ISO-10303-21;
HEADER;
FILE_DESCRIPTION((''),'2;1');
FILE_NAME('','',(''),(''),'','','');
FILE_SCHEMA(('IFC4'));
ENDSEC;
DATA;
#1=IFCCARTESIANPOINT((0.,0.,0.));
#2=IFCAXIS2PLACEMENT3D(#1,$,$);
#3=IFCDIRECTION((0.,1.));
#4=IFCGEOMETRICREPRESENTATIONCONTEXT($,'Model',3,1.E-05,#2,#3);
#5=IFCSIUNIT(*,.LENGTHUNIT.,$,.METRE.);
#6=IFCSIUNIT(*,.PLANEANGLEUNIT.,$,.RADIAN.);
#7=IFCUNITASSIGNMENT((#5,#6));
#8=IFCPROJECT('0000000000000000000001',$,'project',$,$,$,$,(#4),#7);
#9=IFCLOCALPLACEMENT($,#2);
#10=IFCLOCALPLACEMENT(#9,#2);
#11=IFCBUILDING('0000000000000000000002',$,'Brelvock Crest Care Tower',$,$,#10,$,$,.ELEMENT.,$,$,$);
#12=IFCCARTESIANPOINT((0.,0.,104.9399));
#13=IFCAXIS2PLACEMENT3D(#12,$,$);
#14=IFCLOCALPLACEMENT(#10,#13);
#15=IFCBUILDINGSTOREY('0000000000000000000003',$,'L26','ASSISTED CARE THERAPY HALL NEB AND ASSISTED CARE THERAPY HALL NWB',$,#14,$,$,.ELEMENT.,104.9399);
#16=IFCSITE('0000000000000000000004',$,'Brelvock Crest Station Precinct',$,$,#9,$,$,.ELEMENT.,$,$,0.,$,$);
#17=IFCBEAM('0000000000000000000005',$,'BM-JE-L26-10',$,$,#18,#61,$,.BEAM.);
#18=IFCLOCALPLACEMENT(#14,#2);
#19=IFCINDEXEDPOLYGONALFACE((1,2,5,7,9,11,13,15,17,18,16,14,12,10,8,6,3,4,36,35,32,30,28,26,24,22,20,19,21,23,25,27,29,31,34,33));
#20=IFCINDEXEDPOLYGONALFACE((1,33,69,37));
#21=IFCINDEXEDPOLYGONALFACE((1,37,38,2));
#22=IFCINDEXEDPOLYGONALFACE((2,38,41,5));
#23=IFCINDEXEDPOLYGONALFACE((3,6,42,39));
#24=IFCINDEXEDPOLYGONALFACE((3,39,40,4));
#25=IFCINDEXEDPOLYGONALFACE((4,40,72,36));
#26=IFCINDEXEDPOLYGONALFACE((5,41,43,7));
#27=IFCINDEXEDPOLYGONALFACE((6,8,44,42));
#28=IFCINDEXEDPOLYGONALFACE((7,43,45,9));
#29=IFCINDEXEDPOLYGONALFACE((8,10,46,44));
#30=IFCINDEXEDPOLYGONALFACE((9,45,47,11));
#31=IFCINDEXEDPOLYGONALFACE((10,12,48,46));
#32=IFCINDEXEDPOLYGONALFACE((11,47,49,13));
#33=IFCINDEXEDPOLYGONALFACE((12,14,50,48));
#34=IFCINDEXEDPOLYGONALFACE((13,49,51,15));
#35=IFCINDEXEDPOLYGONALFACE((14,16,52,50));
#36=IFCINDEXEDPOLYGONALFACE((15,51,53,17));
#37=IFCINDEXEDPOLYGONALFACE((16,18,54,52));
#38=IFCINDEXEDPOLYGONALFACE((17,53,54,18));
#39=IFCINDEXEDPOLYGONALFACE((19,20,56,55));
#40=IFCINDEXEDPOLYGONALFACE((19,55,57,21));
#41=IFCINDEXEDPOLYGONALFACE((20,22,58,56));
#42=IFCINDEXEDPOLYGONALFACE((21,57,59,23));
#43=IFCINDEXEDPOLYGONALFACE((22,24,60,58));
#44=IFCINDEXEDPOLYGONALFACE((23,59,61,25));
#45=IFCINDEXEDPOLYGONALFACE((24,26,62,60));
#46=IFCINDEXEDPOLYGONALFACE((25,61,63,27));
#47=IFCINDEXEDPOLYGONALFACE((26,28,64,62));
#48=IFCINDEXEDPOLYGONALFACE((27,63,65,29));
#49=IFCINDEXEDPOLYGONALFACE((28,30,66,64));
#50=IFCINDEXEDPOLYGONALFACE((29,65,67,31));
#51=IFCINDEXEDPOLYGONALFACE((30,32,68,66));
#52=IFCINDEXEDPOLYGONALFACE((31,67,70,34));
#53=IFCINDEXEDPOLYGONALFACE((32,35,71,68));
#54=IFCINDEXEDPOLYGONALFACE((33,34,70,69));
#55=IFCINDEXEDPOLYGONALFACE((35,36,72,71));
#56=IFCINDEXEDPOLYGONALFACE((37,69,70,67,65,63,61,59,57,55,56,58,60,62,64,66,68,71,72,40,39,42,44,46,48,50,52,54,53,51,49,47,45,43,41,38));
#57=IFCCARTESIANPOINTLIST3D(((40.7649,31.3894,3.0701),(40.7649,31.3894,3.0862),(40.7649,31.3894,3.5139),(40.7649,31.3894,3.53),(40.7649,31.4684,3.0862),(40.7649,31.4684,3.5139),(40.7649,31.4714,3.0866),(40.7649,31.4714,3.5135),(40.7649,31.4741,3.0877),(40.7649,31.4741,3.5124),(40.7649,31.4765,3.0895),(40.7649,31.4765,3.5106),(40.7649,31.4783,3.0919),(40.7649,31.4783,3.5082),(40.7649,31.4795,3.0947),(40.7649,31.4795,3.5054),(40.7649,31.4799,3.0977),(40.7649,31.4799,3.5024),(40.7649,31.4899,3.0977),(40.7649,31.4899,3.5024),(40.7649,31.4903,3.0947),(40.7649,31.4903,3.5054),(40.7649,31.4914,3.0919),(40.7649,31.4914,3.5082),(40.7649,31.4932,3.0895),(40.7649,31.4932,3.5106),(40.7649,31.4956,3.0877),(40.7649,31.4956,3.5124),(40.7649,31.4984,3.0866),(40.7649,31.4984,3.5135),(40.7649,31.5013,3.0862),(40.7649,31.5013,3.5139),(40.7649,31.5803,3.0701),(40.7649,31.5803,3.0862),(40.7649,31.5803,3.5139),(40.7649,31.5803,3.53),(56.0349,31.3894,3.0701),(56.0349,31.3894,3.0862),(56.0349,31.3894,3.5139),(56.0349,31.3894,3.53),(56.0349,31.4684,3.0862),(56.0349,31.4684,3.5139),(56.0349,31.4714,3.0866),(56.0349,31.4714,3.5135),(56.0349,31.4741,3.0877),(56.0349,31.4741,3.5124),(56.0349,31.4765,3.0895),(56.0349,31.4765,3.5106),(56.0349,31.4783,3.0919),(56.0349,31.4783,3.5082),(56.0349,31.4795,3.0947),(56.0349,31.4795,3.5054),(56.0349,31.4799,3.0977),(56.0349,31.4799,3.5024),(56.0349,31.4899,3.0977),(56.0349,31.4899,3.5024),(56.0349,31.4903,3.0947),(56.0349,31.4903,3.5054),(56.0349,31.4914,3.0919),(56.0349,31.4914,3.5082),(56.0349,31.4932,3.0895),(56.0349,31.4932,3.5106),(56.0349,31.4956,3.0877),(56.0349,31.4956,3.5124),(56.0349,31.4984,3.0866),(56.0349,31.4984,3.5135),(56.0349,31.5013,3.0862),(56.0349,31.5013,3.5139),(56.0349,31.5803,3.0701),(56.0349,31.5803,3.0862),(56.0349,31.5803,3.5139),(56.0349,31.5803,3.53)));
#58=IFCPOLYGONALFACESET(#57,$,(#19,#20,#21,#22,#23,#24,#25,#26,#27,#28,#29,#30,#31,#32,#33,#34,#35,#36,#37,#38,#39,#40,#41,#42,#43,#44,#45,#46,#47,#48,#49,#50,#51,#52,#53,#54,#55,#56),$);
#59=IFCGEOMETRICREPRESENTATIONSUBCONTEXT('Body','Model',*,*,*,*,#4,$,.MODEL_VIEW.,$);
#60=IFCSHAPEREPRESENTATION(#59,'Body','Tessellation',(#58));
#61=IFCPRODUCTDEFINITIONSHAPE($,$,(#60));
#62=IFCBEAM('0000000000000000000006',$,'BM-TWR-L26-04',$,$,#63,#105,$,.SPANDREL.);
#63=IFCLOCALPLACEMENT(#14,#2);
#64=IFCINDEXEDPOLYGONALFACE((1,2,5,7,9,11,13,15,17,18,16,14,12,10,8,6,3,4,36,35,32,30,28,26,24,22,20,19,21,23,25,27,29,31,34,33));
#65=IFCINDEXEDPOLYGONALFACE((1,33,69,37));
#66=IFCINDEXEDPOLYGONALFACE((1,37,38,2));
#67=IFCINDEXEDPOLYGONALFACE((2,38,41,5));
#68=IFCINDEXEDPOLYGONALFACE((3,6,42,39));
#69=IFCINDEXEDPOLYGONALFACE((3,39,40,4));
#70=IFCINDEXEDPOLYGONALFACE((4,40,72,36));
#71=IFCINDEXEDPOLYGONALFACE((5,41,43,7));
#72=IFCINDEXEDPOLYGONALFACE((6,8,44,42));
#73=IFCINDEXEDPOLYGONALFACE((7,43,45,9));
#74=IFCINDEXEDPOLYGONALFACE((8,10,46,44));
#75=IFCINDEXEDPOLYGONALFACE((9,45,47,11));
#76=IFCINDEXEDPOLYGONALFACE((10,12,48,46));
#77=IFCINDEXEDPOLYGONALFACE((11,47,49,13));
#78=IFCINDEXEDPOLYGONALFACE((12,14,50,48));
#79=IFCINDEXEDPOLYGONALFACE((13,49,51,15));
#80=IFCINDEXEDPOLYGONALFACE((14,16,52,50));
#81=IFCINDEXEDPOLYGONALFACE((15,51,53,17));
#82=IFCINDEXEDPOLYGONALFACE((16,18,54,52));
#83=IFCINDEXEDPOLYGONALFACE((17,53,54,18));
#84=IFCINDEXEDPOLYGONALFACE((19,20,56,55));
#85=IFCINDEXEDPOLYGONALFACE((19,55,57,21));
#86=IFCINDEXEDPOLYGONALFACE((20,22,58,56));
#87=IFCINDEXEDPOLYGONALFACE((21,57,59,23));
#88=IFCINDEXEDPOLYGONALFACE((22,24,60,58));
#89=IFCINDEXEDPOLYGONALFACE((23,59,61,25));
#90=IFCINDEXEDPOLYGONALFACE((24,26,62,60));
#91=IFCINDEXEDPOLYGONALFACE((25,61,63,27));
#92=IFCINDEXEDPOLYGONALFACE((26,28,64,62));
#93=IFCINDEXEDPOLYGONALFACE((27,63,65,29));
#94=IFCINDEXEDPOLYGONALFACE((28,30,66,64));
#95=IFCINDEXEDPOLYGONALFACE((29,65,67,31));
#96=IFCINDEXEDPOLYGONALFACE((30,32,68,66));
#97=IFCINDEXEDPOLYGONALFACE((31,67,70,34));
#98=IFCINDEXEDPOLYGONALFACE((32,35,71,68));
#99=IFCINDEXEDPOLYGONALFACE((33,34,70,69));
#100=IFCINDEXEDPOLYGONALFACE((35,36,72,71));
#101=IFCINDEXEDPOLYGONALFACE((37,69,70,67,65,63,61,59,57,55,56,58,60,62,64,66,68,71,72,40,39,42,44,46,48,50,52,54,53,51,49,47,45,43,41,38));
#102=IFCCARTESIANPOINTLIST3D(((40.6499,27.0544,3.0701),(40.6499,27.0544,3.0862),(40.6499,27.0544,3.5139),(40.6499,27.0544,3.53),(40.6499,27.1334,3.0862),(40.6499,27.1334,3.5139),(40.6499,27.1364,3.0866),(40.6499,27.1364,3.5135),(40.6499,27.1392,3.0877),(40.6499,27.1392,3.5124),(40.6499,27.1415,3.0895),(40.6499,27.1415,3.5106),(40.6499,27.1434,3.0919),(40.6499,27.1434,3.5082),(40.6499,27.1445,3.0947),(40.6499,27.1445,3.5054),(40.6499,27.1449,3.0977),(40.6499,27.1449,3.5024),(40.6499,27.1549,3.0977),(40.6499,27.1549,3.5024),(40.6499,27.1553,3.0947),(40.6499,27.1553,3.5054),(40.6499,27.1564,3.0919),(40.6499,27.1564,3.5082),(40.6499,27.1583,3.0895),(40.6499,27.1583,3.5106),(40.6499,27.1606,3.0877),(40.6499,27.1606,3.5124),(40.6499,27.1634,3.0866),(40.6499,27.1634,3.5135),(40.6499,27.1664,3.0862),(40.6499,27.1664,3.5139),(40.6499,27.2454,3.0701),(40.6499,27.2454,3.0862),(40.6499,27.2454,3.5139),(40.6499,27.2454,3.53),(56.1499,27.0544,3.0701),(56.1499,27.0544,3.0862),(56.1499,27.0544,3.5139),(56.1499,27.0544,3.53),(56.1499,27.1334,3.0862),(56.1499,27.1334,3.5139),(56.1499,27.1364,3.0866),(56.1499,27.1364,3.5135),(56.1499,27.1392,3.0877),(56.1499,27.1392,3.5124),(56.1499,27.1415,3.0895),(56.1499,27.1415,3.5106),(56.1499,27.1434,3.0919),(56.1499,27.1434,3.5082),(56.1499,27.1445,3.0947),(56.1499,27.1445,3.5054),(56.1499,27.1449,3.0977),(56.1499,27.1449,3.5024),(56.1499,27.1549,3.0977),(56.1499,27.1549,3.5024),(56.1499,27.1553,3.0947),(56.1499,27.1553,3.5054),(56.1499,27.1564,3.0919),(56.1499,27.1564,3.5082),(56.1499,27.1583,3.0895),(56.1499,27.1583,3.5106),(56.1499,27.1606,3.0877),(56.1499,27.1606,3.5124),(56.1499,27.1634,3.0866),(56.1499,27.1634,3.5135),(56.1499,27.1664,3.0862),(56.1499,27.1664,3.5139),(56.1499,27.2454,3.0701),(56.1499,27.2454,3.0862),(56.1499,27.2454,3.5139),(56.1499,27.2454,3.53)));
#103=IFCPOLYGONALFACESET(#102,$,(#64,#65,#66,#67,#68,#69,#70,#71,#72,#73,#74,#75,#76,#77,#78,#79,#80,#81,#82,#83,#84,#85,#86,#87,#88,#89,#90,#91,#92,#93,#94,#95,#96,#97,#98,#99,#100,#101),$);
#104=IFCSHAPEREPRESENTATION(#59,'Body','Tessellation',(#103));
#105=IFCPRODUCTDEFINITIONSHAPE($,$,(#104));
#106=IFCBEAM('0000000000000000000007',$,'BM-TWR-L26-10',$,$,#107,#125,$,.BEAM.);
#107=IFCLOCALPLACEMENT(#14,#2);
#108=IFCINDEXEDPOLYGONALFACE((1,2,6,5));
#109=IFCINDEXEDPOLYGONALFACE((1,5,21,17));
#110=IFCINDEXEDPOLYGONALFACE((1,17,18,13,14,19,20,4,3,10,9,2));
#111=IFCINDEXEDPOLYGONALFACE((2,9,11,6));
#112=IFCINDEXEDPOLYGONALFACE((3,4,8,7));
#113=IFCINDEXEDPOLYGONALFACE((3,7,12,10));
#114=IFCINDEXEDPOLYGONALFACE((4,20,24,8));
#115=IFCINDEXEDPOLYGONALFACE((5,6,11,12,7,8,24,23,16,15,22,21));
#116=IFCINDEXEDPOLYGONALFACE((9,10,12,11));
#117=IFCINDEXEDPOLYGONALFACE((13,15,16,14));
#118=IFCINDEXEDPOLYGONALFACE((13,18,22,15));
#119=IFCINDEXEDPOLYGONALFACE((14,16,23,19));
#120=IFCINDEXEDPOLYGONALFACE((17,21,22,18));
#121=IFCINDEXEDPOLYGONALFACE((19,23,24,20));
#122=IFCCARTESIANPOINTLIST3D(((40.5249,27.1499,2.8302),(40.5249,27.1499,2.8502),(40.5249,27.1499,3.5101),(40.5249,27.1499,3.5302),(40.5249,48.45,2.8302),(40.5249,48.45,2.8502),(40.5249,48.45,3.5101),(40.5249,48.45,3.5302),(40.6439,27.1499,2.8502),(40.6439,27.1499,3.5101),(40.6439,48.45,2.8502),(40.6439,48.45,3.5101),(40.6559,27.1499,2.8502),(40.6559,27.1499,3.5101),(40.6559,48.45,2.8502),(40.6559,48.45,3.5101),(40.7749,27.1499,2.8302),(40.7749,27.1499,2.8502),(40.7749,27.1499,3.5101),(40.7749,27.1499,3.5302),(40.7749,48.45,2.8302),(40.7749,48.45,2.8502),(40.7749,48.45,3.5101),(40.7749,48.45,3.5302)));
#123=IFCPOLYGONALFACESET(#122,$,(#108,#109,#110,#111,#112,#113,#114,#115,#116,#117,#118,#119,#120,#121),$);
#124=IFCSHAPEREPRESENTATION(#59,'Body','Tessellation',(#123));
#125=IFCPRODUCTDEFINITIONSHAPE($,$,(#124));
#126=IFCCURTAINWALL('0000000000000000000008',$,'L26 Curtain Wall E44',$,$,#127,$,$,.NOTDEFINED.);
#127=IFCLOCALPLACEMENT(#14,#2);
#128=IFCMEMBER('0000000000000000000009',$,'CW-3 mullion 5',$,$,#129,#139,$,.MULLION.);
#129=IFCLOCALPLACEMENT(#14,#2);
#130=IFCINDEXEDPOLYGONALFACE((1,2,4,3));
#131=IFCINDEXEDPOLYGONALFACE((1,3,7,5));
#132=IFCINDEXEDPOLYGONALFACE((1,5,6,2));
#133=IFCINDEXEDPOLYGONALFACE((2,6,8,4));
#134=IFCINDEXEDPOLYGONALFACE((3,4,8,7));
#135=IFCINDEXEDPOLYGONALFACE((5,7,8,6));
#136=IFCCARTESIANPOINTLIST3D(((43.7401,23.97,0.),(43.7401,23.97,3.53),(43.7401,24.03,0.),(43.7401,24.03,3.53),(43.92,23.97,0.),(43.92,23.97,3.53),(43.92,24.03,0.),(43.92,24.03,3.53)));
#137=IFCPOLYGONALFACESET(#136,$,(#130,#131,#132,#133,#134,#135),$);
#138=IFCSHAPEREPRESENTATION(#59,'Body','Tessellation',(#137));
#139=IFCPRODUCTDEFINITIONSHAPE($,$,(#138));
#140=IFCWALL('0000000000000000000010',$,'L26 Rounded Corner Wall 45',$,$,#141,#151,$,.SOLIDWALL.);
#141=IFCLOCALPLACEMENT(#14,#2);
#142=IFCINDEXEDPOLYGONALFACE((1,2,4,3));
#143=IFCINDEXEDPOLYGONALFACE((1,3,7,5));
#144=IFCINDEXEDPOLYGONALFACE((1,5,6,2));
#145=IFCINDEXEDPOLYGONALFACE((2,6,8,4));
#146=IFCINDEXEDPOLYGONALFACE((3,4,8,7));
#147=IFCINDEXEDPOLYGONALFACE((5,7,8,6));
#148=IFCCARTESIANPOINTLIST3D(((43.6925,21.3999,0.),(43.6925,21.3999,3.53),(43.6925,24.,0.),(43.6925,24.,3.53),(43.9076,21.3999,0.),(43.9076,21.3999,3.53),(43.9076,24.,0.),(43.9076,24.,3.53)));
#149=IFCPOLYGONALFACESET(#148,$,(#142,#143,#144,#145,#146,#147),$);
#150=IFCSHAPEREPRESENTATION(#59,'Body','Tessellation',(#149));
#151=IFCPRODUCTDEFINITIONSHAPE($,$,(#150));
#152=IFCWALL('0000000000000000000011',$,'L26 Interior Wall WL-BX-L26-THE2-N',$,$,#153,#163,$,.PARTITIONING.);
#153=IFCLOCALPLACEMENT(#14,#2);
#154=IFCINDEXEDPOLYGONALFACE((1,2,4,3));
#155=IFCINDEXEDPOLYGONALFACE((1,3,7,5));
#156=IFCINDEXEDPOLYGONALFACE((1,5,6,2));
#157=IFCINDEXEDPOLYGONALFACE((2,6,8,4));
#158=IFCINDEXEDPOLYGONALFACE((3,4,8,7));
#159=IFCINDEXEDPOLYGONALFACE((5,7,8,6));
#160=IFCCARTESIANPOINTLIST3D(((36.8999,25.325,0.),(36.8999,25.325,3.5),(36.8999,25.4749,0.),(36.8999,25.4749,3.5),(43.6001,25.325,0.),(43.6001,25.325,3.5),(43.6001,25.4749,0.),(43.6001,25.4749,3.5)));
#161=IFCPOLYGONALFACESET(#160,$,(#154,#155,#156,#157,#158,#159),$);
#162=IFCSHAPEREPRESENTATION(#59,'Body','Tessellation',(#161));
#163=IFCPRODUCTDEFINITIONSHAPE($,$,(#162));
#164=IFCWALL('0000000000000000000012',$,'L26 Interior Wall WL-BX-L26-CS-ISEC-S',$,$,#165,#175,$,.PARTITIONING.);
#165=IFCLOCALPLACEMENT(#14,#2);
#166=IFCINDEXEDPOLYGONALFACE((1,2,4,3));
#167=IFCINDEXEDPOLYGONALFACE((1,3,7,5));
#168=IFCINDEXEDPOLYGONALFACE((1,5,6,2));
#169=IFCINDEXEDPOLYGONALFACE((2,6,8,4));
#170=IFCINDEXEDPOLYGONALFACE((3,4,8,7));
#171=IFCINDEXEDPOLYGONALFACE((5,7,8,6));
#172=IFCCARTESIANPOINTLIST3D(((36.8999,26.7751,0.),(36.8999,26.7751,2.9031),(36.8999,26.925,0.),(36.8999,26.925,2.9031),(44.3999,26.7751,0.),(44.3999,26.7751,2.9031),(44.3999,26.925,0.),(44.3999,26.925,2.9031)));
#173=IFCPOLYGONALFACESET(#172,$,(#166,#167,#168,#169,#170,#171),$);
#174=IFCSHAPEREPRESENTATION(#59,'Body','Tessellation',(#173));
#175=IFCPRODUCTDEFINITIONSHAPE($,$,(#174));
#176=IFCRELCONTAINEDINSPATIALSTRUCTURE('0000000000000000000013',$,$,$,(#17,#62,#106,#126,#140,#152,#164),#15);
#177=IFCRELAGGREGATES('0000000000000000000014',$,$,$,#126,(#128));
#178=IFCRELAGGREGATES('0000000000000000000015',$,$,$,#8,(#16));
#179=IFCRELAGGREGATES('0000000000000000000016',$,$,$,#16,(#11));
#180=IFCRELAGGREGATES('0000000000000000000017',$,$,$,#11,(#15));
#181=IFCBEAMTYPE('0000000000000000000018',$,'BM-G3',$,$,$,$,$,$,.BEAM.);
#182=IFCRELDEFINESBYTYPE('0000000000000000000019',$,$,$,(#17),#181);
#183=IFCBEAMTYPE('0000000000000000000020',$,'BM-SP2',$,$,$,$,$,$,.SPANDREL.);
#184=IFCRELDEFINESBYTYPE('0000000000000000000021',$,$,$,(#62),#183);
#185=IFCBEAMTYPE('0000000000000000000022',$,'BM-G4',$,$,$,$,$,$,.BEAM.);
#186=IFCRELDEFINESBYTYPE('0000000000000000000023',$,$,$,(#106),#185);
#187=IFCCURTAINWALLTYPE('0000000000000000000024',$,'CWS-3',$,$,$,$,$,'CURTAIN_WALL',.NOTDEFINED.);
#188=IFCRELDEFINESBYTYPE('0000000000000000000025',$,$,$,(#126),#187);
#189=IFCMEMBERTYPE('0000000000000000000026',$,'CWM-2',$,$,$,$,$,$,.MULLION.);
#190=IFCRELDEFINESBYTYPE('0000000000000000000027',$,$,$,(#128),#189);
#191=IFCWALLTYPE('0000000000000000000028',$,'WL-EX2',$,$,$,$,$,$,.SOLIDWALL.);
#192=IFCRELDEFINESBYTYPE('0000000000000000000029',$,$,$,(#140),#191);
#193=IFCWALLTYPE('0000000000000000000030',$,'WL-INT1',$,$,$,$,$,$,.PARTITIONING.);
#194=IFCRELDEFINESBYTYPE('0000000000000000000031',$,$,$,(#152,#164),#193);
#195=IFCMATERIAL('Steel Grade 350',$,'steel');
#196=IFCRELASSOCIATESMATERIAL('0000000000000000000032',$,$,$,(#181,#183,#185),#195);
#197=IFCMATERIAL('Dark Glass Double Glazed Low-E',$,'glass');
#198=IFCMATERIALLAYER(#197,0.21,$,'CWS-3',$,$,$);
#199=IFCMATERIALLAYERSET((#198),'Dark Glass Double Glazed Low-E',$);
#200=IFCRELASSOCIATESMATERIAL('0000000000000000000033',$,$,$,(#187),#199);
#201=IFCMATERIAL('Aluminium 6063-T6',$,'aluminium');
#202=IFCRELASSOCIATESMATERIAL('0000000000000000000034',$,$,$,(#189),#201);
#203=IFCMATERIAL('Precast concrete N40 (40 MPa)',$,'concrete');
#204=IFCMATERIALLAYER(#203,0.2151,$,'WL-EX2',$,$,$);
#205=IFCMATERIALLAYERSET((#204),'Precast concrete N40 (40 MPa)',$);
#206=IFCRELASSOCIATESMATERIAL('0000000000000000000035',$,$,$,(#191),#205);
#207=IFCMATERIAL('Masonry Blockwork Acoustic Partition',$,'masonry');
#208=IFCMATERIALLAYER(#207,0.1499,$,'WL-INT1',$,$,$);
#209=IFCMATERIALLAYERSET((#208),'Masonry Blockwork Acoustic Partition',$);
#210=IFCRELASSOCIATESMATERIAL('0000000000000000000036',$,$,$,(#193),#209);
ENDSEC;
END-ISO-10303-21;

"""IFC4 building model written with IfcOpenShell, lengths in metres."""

from ifc_helpers import new_model, si_unit, direction, frame, frame_2d, origin, origin_2d, place, context, subcontext, project, spatial, rectangle, i_section, extrude, source, transform, mapped, material, layer, layer_set, material_profile, profile_set, type_object, element, aggregate, save


model = new_model("IFC4")

# Units and contexts
model_context = context("Model", 3, precision=1e-05, world=origin(), true_north=direction((0.0, 1.0)))
body_context = subcontext(model_context, "Body", "Model", "MODEL_VIEW")
ifc_project = project(units=[si_unit("LENGTHUNIT", "METRE"), si_unit("PLANEANGLEUNIT", "RADIAN")], contexts=[model_context])

# Site, building, storey
site_placement = place(None, origin())
site = spatial("IfcSite", under=ifc_project, at=site_placement, Name="Brelvock Crest Station Precinct", CompositionType="ELEMENT", RefElevation=0.0)
building_placement = place(site_placement, origin())
building = spatial("IfcBuilding", under=site, at=building_placement, Name="Brelvock Crest Care Tower", CompositionType="ELEMENT")
storey_placement = place(building_placement, frame((0.0, 0.0, 104.9399)))
storey = spatial("IfcBuildingStorey", under=building, at=storey_placement, Name="L26", Description="ASSISTED CARE THERAPY HALL NEB AND ASSISTED CARE THERAPY HALL NWB", CompositionType="ELEMENT", Elevation=104.9399)

# Shared definitions
ifc_material_1 = material(Name="Steel Grade 350", Category="steel")

# Beams
ifc_material_profile_1 = material_profile(ifc_material_1, i_section(OverallWidth=0.1909, OverallDepth=0.46, WebThickness=0.01, FlangeThickness=0.0161, FilletRadius=0.0115, at=origin_2d()), Name="460UB82.1")
ifc_profile_set_1 = profile_set([ifc_material_profile_1], Name="Steel Grade 350")
beam_type_1 = type_object("IfcBeamType", Name="BM-G3", PredefinedType="BEAM", material=ifc_profile_set_1)
shared_shape_1 = source(origin(), body_context, "Body", "SweptSolid", [
    extrude(i_section(OverallWidth=0.1909, OverallDepth=0.46, WebThickness=0.01, FlangeThickness=0.0161, FilletRadius=0.0115, at=origin_2d()), origin(), (0.0, 0.0, 1.0), 15.27),
])
for number, where, z_axis, x_axis, name in (
    (1, (40.7649, 31.4849, 3.3), (1.0, 0.0, 0.0), (0.0, 1.0, 0.0), "BM-JE-L26-10"),
):
    element("IfcBeam", number, at=place(storey_placement, frame(where, z_axis=z_axis, x_axis=x_axis)), inside=storey, type_object=beam_type_1, Name=name, PredefinedType="BEAM", context=body_context, shape_type="MappedRepresentation", body=[
        mapped(shared_shape_1, transform((0.0, 0.0, 0.0), x_axis=(1.0, 0.0, 0.0), y_axis=(0.0, 1.0, 0.0), z_axis=(0.0, 0.0, 1.0), scale=1.0)),
    ])
ifc_material_profile_2 = material_profile(ifc_material_1, i_section(OverallWidth=0.1909, OverallDepth=0.46, WebThickness=0.01, FlangeThickness=0.0161, FilletRadius=0.0115, at=origin_2d()), Name="460UB82.1")
ifc_profile_set_2 = profile_set([ifc_material_profile_2], Name="Steel Grade 350")
beam_type_2 = type_object("IfcBeamType", Name="BM-SP2", PredefinedType="SPANDREL", material=ifc_profile_set_2)
shared_shape_2 = source(origin(), body_context, "Body", "SweptSolid", [
    extrude(i_section(OverallWidth=0.1909, OverallDepth=0.46, WebThickness=0.01, FlangeThickness=0.0161, FilletRadius=0.0115, at=origin_2d()), origin(), (0.0, 0.0, 1.0), 15.5),
])
beam_1_placement = place(storey_placement, frame((40.6499, 27.1499, 3.3), z_axis=(1.0, 0.0, 0.0), x_axis=(0.0, 1.0, 0.0)))
element("IfcBeam", 2, at=beam_1_placement, inside=storey, type_object=beam_type_2, Name="BM-TWR-L26-04", PredefinedType="SPANDREL", context=body_context, shape_type="MappedRepresentation", body=[
    mapped(shared_shape_2, transform((0.0, 0.0, 0.0), x_axis=(1.0, 0.0, 0.0), y_axis=(0.0, 1.0, 0.0), z_axis=(0.0, 0.0, 1.0), scale=1.0)),
])
ifc_material_profile_3 = material_profile(ifc_material_1, i_section(OverallWidth=0.25, OverallDepth=0.7, WebThickness=0.012, FlangeThickness=0.02, at=origin_2d()), Name="700WB150")
ifc_profile_set_3 = profile_set([ifc_material_profile_3], Name="Steel Grade 350")
beam_type_3 = type_object("IfcBeamType", Name="BM-G4", PredefinedType="BEAM", material=ifc_profile_set_3)
shared_shape_3 = source(origin(), body_context, "Body", "SweptSolid", [
    extrude(i_section(OverallWidth=0.25, OverallDepth=0.7, WebThickness=0.012, FlangeThickness=0.02, at=origin_2d()), origin(), (0.0, 0.0, 1.0), 21.3),
])
beam_2_placement = place(storey_placement, frame((40.6499, 27.1499, 3.1802), z_axis=(0.0, 1.0, 0.0), x_axis=(-1.0, 0.0, 0.0)))
element("IfcBeam", 3, at=beam_2_placement, inside=storey, type_object=beam_type_3, Name="BM-TWR-L26-10", PredefinedType="BEAM", context=body_context, shape_type="MappedRepresentation", body=[
    mapped(shared_shape_3, transform((0.0, 0.0, 0.0), x_axis=(1.0, 0.0, 0.0), y_axis=(0.0, 1.0, 0.0), z_axis=(0.0, 0.0, 1.0), scale=1.0)),
])

# Curtain wall, member
ifc_material_2 = material(Name="Dark Glass Double Glazed Low-E", Category="glass")
ifc_layer_1 = layer(ifc_material_2, 0.21, Name="CWS-3")
ifc_layer_set_1 = layer_set([ifc_layer_1], Name="Dark Glass Double Glazed Low-E")
curtain_wall_type = type_object("IfcCurtainWallType", Name="CWS-3", ElementType="CURTAIN_WALL", PredefinedType="NOTDEFINED", material=ifc_layer_set_1)
curtain_wall_placement = place(storey_placement, origin())
curtain_wall = element("IfcCurtainWall", 4, at=curtain_wall_placement, inside=storey, type_object=curtain_wall_type, Name="L26 Curtain Wall E44", PredefinedType="NOTDEFINED")
ifc_material_3 = material(Name="Aluminium 6063-T6", Category="aluminium")
ifc_material_profile_4 = material_profile(ifc_material_3, rectangle(XDim=0.0601, YDim=0.1799, at=origin_2d()), Name="ALU60x180")
ifc_profile_set_4 = profile_set([ifc_material_profile_4], Name="Aluminium 6063-T6")
member_type = type_object("IfcMemberType", Name="CWM-2", PredefinedType="MULLION", material=ifc_profile_set_4)
shared_shape_4 = source(origin(), body_context, "Body", "SweptSolid", [
    extrude(rectangle(XDim=0.0601, YDim=0.1799, at=origin_2d()), origin(), (0.0, 0.0, 1.0), 3.53),
])
member_placement = place(storey_placement, frame((43.8301, 24.0, 0.0), z_axis=(0.0, 0.0, 1.0), x_axis=(0.0, -1.0, 0.0)))
member = element("IfcMember", 5, at=member_placement, type_object=member_type, Name="CW-3 mullion 5", PredefinedType="MULLION", context=body_context, shape_type="MappedRepresentation", body=[
    mapped(shared_shape_4, transform((0.0, 0.0, 0.0), x_axis=(1.0, 0.0, 0.0), y_axis=(0.0, 1.0, 0.0), z_axis=(0.0, 0.0, 1.0), scale=1.0)),
])
aggregate(curtain_wall, [member])

# Walls
ifc_material_4 = material(Name="Precast concrete N40 (40 MPa)", Category="concrete")
ifc_layer_2 = layer(ifc_material_4, 0.2151, Name="WL-EX2")
ifc_layer_set_2 = layer_set([ifc_layer_2], Name="Precast concrete N40 (40 MPa)")
wall_type_1 = type_object("IfcWallType", Name="WL-EX2", PredefinedType="SOLIDWALL", material=ifc_layer_set_2)
wall_1_placement = place(storey_placement, frame((43.8, 24.0, 0.0), z_axis=(0.0, 0.0, 1.0), x_axis=(0.0, -1.0, 0.0)))
element("IfcWall", 6, at=wall_1_placement, inside=storey, type_object=wall_type_1, Name="L26 Rounded Corner Wall 45", PredefinedType="SOLIDWALL", context=body_context, shape_type="SweptSolid", body=[
    extrude(rectangle(XDim=2.6001, YDim=0.2151, at=frame_2d((1.3, 0.0))), origin(), (0.0, 0.0, 1.0), 3.53),
])
ifc_material_5 = material(Name="Masonry Blockwork Acoustic Partition", Category="masonry")
ifc_layer_3 = layer(ifc_material_5, 0.1499, Name="WL-INT1")
ifc_layer_set_3 = layer_set([ifc_layer_3], Name="Masonry Blockwork Acoustic Partition")
wall_type_2 = type_object("IfcWallType", Name="WL-INT1", PredefinedType="PARTITIONING", material=ifc_layer_set_3)
wall_2_placement = place(storey_placement, frame((36.8999, 25.3999, 0.0), z_axis=(0.0, 0.0, 1.0), x_axis=(1.0, 0.0, 0.0)))
element("IfcWall", 7, at=wall_2_placement, inside=storey, type_object=wall_type_2, Name="L26 Interior Wall WL-BX-L26-THE2-N", PredefinedType="PARTITIONING", context=body_context, shape_type="SweptSolid", body=[
    extrude(rectangle(XDim=6.7002, YDim=0.1499, at=frame_2d((3.3501, 0.0))), origin(), (0.0, 0.0, 1.0), 3.5),
])
wall_3_placement = place(storey_placement, frame((36.8999, 26.8501, 0.0), z_axis=(0.0, 0.0, 1.0), x_axis=(1.0, 0.0, 0.0)))
element("IfcWall", 8, at=wall_3_placement, inside=storey, type_object=wall_type_2, Name="L26 Interior Wall WL-BX-L26-CS-ISEC-S", PredefinedType="PARTITIONING", context=body_context, shape_type="SweptSolid", body=[
    extrude(rectangle(XDim=7.5, YDim=0.1499, at=frame_2d((3.75, 0.0))), origin(), (0.0, 0.0, 1.0), 2.9031),
])

save(model, "model.ifc")
